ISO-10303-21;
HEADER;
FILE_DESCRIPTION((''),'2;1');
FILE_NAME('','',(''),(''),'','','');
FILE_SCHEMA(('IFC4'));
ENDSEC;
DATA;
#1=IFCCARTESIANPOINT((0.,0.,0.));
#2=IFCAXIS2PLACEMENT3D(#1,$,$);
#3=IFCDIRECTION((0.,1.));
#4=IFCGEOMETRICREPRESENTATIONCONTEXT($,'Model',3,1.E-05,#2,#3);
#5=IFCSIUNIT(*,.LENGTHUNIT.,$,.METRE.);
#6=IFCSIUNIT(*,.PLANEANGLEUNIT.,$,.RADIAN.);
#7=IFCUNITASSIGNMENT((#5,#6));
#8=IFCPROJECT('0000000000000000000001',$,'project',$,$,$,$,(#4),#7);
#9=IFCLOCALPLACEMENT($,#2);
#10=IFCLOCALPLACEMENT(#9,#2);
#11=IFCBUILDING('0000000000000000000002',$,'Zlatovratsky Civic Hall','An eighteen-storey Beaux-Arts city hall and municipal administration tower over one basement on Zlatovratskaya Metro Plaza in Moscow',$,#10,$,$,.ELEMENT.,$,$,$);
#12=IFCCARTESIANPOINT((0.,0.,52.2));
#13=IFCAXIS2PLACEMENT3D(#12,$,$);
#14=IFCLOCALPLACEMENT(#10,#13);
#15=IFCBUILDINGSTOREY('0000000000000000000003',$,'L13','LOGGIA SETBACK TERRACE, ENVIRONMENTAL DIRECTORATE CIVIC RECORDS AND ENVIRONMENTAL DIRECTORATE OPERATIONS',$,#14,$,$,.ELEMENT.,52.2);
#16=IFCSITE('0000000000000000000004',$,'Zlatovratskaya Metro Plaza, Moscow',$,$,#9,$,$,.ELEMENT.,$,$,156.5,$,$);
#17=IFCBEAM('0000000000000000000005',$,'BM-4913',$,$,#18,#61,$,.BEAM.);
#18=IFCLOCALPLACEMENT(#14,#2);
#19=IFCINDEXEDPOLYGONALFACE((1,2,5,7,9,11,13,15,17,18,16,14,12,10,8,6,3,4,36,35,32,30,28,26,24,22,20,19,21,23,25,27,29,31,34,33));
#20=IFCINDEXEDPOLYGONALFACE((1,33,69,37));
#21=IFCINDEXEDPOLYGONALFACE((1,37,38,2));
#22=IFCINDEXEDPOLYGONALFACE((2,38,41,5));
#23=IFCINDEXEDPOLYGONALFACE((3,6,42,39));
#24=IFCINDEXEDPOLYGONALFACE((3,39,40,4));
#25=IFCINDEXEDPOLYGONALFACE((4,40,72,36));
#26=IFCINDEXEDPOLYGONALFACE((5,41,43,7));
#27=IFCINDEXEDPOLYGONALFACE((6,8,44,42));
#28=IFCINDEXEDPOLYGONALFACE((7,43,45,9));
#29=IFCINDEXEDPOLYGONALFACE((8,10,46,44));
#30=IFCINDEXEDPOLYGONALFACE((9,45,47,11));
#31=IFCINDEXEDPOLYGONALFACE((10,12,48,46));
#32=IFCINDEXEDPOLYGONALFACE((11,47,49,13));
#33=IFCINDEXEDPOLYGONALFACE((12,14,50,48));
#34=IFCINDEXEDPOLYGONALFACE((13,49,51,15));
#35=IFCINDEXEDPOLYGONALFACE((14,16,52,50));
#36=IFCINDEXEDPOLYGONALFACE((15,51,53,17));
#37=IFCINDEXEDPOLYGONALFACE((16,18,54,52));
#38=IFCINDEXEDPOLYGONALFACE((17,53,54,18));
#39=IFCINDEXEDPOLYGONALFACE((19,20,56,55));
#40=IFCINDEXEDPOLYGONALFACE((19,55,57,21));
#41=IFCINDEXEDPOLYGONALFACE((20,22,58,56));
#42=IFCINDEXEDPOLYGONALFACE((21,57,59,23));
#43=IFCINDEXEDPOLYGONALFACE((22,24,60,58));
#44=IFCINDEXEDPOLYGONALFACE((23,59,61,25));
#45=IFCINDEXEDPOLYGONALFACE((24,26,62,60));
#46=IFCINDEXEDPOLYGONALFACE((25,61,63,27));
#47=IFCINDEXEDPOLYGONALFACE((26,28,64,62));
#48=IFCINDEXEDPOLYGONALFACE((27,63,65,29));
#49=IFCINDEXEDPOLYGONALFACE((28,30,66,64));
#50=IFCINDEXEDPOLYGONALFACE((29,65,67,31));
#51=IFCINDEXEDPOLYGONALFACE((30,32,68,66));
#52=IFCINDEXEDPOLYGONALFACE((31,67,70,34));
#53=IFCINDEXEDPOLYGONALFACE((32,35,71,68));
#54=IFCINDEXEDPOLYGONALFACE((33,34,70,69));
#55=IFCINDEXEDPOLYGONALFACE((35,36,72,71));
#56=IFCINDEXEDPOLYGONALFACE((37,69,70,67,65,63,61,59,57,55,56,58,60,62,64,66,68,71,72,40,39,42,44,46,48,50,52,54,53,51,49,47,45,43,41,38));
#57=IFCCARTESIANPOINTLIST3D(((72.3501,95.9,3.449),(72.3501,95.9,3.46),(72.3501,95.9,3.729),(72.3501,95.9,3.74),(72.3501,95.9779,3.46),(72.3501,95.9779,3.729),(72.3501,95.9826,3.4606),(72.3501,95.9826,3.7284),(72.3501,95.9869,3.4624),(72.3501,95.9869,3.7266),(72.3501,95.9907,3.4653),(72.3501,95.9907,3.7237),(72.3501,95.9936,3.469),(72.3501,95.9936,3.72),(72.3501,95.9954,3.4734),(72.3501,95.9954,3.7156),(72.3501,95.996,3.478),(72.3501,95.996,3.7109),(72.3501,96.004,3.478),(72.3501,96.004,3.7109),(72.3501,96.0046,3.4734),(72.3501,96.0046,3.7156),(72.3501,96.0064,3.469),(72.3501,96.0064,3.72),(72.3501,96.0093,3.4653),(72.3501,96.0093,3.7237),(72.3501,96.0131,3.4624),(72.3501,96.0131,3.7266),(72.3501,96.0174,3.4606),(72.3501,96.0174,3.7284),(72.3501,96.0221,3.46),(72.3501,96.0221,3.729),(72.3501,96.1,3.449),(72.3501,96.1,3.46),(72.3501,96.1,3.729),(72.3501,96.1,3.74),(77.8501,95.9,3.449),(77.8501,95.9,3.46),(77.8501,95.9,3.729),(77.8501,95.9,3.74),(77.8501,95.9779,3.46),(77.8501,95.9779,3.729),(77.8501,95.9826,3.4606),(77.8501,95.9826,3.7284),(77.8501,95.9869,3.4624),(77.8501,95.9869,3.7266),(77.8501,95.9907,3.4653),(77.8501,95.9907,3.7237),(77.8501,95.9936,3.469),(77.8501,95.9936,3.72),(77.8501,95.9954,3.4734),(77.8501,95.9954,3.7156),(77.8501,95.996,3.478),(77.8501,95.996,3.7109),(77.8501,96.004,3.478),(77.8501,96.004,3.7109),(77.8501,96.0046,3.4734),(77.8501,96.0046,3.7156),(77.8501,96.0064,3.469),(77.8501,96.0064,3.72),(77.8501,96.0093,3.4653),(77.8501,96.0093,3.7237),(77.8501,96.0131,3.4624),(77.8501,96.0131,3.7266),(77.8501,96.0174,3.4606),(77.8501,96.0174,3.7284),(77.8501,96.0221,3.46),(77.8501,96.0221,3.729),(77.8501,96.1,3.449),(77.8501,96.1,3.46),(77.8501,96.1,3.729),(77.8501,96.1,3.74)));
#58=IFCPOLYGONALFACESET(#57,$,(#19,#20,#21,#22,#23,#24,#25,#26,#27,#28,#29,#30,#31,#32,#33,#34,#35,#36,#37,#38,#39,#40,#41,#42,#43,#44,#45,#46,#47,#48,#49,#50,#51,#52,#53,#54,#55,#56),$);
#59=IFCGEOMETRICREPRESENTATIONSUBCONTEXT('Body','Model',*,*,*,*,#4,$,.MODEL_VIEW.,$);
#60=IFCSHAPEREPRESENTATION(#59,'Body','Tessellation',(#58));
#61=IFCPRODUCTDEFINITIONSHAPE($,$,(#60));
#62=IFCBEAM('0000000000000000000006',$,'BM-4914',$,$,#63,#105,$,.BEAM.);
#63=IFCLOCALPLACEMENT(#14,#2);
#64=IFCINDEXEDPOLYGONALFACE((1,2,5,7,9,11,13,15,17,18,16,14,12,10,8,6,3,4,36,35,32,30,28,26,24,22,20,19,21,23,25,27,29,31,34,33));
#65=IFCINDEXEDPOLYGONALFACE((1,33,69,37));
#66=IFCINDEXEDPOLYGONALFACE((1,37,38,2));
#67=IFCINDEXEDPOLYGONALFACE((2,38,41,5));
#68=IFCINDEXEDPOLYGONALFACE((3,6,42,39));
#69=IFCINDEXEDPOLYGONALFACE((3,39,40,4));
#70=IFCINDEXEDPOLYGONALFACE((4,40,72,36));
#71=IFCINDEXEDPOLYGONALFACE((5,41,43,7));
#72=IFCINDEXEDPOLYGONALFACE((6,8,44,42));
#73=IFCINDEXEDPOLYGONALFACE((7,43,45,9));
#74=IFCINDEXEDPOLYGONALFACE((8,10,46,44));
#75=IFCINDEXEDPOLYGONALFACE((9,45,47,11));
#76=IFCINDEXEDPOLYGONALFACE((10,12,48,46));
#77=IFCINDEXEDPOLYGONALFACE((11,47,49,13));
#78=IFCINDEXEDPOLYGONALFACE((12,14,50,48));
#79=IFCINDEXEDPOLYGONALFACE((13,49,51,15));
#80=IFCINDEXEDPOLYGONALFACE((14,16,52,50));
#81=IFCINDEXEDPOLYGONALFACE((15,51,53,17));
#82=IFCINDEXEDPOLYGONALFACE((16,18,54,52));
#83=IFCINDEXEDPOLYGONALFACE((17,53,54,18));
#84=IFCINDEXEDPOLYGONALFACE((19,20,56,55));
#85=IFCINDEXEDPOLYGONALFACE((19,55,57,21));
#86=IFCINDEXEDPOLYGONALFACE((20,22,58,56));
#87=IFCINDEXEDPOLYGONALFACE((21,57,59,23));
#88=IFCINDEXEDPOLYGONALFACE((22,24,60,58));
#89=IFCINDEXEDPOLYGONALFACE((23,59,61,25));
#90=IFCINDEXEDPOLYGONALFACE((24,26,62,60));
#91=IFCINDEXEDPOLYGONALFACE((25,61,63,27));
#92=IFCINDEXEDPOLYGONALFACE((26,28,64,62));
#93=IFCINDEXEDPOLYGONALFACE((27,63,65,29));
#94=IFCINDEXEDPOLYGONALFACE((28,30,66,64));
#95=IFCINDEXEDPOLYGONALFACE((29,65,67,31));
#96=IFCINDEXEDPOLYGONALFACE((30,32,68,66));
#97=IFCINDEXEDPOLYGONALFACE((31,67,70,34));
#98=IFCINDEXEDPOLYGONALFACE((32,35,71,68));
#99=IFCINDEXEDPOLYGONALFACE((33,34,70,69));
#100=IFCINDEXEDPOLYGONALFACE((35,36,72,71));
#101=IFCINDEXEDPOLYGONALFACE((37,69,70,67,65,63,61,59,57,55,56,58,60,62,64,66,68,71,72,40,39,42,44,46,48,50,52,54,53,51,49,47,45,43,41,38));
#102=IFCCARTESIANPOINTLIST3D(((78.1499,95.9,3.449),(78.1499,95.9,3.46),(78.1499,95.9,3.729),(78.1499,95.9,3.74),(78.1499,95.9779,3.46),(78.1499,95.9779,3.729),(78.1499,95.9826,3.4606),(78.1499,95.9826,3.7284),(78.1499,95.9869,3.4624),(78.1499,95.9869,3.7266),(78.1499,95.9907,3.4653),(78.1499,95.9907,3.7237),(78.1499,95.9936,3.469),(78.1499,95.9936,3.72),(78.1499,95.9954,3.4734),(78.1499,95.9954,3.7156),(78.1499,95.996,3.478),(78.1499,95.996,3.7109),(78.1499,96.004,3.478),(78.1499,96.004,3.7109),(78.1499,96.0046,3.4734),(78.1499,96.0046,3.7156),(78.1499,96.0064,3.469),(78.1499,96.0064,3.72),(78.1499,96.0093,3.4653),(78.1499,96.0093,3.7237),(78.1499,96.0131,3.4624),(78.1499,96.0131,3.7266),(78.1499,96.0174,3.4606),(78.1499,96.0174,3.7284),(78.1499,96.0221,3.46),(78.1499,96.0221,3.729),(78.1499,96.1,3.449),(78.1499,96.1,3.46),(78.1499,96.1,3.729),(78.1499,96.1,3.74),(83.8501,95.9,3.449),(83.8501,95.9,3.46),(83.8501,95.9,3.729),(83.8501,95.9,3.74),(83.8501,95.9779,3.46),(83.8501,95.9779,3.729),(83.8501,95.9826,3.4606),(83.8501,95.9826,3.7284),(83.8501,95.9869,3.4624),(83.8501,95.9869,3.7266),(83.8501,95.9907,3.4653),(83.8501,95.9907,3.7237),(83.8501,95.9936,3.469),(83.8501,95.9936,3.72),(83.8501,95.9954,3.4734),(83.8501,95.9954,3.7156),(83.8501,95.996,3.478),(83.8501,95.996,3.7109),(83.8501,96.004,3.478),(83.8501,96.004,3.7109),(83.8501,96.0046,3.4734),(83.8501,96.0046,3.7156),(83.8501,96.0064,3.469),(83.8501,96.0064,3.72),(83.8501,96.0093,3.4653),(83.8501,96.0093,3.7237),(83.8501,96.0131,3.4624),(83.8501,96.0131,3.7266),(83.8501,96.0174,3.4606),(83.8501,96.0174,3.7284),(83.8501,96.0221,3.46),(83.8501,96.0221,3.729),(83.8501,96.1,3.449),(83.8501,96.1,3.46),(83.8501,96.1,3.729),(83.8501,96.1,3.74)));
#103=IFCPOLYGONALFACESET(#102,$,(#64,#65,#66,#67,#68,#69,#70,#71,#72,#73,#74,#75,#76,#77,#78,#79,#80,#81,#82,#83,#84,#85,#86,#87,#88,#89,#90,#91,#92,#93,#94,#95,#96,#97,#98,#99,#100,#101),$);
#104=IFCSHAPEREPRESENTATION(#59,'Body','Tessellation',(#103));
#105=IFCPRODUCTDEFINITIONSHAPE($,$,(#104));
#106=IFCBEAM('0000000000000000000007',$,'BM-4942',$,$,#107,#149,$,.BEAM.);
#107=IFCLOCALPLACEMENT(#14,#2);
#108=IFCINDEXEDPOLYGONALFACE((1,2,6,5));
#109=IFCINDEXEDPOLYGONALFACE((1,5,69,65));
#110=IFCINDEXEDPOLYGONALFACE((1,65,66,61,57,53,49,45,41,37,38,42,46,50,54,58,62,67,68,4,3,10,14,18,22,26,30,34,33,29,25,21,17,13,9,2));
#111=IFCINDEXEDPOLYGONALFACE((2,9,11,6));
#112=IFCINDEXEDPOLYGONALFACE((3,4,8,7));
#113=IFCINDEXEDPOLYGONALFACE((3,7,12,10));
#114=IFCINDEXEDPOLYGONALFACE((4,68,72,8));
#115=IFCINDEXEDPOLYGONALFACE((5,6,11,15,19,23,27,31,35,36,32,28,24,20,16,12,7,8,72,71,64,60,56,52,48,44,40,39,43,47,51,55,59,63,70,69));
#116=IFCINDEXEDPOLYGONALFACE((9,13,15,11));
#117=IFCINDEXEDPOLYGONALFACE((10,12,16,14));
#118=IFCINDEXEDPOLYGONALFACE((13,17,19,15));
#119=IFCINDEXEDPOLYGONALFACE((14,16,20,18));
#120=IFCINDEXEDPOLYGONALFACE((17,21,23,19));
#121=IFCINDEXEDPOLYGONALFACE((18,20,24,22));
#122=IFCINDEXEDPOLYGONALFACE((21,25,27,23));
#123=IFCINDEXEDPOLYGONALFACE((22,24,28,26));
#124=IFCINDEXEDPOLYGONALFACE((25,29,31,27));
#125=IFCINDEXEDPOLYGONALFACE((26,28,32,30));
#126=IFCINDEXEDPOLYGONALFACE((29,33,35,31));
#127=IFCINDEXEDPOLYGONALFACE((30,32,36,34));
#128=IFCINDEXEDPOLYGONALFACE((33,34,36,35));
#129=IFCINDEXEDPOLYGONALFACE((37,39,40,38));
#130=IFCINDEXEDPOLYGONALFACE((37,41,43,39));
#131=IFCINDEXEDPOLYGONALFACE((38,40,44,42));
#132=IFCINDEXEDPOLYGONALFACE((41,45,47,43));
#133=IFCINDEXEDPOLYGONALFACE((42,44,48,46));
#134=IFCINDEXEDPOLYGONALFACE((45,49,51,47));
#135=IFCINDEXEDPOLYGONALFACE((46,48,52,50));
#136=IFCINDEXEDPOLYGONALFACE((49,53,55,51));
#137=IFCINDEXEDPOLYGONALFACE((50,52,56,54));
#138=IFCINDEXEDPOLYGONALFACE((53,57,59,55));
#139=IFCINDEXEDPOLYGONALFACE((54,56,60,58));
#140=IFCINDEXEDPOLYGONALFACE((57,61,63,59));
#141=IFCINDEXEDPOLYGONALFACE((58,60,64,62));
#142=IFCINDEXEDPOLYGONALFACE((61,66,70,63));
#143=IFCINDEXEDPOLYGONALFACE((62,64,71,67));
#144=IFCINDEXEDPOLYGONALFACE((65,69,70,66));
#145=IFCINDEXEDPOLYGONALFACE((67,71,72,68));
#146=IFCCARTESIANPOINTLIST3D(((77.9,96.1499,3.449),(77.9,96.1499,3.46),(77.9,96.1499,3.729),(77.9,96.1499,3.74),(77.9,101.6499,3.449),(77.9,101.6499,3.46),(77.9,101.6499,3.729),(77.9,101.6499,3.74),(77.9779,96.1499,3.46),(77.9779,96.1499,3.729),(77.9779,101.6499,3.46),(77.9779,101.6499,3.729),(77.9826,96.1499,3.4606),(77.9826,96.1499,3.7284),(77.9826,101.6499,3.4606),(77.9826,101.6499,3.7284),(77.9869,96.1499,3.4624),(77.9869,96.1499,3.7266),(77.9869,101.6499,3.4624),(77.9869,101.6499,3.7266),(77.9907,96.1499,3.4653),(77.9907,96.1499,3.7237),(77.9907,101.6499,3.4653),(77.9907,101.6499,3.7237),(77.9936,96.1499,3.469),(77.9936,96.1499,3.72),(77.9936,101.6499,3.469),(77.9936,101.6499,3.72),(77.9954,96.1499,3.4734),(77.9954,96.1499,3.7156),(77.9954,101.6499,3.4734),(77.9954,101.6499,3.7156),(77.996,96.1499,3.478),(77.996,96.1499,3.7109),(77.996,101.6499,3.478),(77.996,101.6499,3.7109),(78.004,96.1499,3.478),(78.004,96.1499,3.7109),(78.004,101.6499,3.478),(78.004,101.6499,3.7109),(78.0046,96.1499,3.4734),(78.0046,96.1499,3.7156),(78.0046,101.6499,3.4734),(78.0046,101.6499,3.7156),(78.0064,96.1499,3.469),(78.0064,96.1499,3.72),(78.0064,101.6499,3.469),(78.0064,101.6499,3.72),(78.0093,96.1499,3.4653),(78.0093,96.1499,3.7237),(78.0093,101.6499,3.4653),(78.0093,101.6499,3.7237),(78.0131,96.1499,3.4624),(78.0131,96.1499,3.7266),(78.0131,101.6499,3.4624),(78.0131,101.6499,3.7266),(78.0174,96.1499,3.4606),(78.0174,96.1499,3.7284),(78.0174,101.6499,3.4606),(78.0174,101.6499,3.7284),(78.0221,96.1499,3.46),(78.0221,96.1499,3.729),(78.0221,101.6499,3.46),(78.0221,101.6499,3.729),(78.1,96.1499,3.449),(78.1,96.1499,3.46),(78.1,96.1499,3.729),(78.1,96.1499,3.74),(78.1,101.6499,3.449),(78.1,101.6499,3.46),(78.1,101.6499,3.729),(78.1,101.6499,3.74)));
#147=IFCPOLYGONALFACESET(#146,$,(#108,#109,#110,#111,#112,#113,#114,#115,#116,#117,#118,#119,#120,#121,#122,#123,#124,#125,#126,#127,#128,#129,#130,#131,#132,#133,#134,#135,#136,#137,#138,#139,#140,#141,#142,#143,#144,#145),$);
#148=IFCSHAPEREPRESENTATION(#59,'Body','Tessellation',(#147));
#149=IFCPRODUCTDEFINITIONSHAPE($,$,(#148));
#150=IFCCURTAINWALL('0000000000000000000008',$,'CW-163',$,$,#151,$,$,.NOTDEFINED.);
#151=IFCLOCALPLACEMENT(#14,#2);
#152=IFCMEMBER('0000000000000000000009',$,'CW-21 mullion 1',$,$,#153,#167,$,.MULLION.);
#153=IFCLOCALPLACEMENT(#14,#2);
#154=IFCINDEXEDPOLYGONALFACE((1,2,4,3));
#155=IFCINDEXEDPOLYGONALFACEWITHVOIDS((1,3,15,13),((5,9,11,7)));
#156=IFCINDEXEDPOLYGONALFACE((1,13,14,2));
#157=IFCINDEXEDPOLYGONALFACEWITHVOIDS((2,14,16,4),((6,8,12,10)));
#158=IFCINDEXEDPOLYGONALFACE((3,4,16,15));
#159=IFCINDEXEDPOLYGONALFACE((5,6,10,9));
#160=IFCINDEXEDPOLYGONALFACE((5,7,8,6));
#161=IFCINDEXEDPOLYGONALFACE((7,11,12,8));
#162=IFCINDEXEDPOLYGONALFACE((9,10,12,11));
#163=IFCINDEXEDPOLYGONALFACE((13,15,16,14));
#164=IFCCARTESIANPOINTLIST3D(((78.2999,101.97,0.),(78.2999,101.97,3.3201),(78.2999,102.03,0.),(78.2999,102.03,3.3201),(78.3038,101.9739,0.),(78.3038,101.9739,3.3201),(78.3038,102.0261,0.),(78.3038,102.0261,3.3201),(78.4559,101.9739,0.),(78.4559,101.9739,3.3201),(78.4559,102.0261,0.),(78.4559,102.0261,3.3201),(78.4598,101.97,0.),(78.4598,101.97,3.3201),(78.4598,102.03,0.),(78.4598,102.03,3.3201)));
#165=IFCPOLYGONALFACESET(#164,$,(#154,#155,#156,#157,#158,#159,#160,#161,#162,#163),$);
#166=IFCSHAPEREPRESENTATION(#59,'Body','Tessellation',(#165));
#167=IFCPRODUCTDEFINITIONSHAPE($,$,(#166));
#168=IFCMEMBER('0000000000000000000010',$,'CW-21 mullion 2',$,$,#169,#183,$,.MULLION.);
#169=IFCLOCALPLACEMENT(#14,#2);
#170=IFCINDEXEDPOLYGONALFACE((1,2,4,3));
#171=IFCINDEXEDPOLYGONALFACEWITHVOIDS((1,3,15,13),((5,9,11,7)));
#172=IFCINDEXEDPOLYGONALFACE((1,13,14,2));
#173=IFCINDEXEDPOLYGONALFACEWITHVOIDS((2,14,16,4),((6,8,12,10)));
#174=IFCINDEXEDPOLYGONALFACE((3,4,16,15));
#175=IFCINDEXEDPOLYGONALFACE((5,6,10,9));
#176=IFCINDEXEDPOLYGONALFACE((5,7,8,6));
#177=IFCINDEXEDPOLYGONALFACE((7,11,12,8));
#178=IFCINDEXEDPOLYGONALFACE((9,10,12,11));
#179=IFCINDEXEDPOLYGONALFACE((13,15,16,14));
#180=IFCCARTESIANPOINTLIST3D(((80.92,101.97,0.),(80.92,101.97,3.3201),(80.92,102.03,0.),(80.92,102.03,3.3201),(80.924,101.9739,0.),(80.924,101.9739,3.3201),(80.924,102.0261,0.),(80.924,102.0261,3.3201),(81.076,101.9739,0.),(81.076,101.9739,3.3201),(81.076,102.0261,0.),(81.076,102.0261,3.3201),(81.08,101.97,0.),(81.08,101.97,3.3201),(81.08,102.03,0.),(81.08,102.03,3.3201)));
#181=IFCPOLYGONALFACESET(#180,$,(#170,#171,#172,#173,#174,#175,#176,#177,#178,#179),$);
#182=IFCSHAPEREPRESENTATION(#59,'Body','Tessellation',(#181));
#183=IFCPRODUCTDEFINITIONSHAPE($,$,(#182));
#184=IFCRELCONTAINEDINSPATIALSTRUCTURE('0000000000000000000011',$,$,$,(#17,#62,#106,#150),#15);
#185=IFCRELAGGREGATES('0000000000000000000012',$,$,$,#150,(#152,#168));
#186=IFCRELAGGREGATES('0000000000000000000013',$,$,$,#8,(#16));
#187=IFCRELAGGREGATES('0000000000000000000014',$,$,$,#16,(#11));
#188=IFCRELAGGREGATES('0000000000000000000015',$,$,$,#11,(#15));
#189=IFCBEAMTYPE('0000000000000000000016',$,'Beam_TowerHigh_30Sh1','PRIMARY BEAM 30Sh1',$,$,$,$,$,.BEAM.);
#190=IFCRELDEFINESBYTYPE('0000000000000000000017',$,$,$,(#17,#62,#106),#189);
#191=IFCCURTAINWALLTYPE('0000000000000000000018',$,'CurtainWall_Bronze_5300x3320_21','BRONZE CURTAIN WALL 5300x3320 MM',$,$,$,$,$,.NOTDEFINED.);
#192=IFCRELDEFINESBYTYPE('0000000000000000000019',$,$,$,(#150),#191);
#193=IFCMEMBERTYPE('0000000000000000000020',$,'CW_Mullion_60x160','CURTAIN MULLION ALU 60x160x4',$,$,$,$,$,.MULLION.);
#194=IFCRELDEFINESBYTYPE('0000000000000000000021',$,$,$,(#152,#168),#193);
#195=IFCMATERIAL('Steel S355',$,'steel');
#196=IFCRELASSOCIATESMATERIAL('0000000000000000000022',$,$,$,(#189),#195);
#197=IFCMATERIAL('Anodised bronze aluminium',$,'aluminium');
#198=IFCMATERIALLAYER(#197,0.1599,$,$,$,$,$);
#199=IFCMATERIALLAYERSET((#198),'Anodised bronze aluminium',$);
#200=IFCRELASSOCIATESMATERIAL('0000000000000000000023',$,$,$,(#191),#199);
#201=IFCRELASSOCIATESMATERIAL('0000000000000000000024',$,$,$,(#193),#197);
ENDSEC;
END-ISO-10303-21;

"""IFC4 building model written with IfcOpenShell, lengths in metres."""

from ifc_helpers import new_model, si_unit, direction, frame, origin, origin_2d, place, context, subcontext, project, spatial, hollow_rectangle, i_section, extrude, material, layer, layer_set, material_profile, profile_set, type_object, element, aggregate, save


model = new_model("IFC4")

# Units and contexts
model_context = context("Model", 3, precision=1e-05, world=origin(), true_north=direction((0.0, 1.0)))
body_context = subcontext(model_context, "Body", "Model", "MODEL_VIEW")
ifc_project = project(units=[si_unit("LENGTHUNIT", "METRE"), si_unit("PLANEANGLEUNIT", "RADIAN")], contexts=[model_context])

# Site, building, storey
site_placement = place(None, origin())
site = spatial("IfcSite", under=ifc_project, at=site_placement, Name="Zlatovratskaya Metro Plaza, Moscow", CompositionType="ELEMENT", RefElevation=156.5)
building_placement = place(site_placement, origin())
building = spatial("IfcBuilding", under=site, at=building_placement, Name="Zlatovratsky Civic Hall", Description="An eighteen-storey Beaux-Arts city hall and municipal administration tower over one basement on Zlatovratskaya Metro Plaza in Moscow", CompositionType="ELEMENT")
storey_placement = place(building_placement, frame((0.0, 0.0, 52.2)))
storey = spatial("IfcBuildingStorey", under=building, at=storey_placement, Name="L13", Description="LOGGIA SETBACK TERRACE, ENVIRONMENTAL DIRECTORATE CIVIC RECORDS AND ENVIRONMENTAL DIRECTORATE OPERATIONS", CompositionType="ELEMENT", Elevation=52.2)

# Shared definitions
ifc_material_1 = material(Name="Steel S355", Category="steel")

# Beams
ifc_material_profile_1 = material_profile(ifc_material_1, i_section(OverallWidth=0.2, OverallDepth=0.291, WebThickness=0.0081, FlangeThickness=0.011, FilletRadius=0.0181, at=origin_2d()), Name="30Sh1")
ifc_profile_set_1 = profile_set([ifc_material_profile_1], Name="Steel S355")
beam_type_1 = type_object("IfcBeamType", Name="Beam_TowerHigh_30Sh1", Description="PRIMARY BEAM 30Sh1", PredefinedType="BEAM", material=ifc_profile_set_1)
beam_1_placement = place(storey_placement, frame((72.3501, 96.0, 3.5945), z_axis=(1.0, 0.0, 0.0), x_axis=(0.0, 1.0, 0.0)))
element("IfcBeam", 1, at=beam_1_placement, inside=storey, type_object=beam_type_1, Name="BM-4913", PredefinedType="BEAM", context=body_context, shape_type="SweptSolid", body=[
    extrude(i_section(OverallWidth=0.2, OverallDepth=0.291, WebThickness=0.0081, FlangeThickness=0.011, FilletRadius=0.0181, at=origin_2d()), origin(), (0.0, 0.0, 1.0), 5.5),
])
beam_2_placement = place(storey_placement, frame((78.1499, 96.0, 3.5945), z_axis=(1.0, 0.0, 0.0), x_axis=(0.0, 1.0, 0.0)))
element("IfcBeam", 2, at=beam_2_placement, inside=storey, type_object=beam_type_1, Name="BM-4914", PredefinedType="BEAM", context=body_context, shape_type="SweptSolid", body=[
    extrude(i_section(OverallWidth=0.2, OverallDepth=0.291, WebThickness=0.0081, FlangeThickness=0.011, FilletRadius=0.0181, at=origin_2d()), origin(), (0.0, 0.0, 1.0), 5.7002),
])
beam_3_placement = place(storey_placement, frame((78.0, 96.1499, 3.5945), z_axis=(0.0, 1.0, 0.0), x_axis=(-1.0, 0.0, 0.0)))
element("IfcBeam", 3, at=beam_3_placement, inside=storey, type_object=beam_type_1, Name="BM-4942", PredefinedType="BEAM", context=body_context, shape_type="SweptSolid", body=[
    extrude(i_section(OverallWidth=0.2, OverallDepth=0.291, WebThickness=0.0081, FlangeThickness=0.011, FilletRadius=0.0181, at=origin_2d()), origin(), (0.0, 0.0, 1.0), 5.5),
])

# Curtain wall, members
ifc_material_2 = material(Name="Anodised bronze aluminium", Category="aluminium")
ifc_layer_1 = layer(ifc_material_2, 0.1599)
ifc_layer_set_1 = layer_set([ifc_layer_1], Name="Anodised bronze aluminium")
curtain_wall_type = type_object("IfcCurtainWallType", Name="CurtainWall_Bronze_5300x3320_21", Description="BRONZE CURTAIN WALL 5300x3320 MM", PredefinedType="NOTDEFINED", material=ifc_layer_set_1)
curtain_wall_placement = place(storey_placement, origin())
curtain_wall = element("IfcCurtainWall", 4, at=curtain_wall_placement, inside=storey, type_object=curtain_wall_type, Name="CW-163", PredefinedType="NOTDEFINED")
ifc_material_profile_2 = material_profile(ifc_material_2, hollow_rectangle(XDim=0.0601, YDim=0.1599, WallThickness=0.0039, at=origin_2d()), Name="ALU 60x160x4")
ifc_profile_set_2 = profile_set([ifc_material_profile_2], Name="Anodised bronze aluminium")
member_type_1 = type_object("IfcMemberType", Name="CW_Mullion_60x160", Description="CURTAIN MULLION ALU 60x160x4", PredefinedType="MULLION", material=ifc_profile_set_2)
member_1_placement = place(storey_placement, frame((78.3799, 102.0, 0.0), z_axis=(0.0, 0.0, 1.0), x_axis=(0.0, 1.0, 0.0)))
member_1 = element("IfcMember", 5, at=member_1_placement, type_object=member_type_1, Name="CW-21 mullion 1", PredefinedType="MULLION", context=body_context, shape_type="SweptSolid", body=[
    extrude(hollow_rectangle(XDim=0.0601, YDim=0.1599, WallThickness=0.0039, at=origin_2d()), origin(), (0.0, 0.0, 1.0), 3.3201),
])
member_2_placement = place(storey_placement, frame((81.0, 102.0, 0.0), z_axis=(0.0, 0.0, 1.0), x_axis=(0.0, 1.0, 0.0)))
member_2 = element("IfcMember", 6, at=member_2_placement, type_object=member_type_1, Name="CW-21 mullion 2", PredefinedType="MULLION", context=body_context, shape_type="SweptSolid", body=[
    extrude(hollow_rectangle(XDim=0.0601, YDim=0.1599, WallThickness=0.0039, at=origin_2d()), origin(), (0.0, 0.0, 1.0), 3.3201),
])
aggregate(curtain_wall, [member_1, member_2])

save(model, "model.ifc")
